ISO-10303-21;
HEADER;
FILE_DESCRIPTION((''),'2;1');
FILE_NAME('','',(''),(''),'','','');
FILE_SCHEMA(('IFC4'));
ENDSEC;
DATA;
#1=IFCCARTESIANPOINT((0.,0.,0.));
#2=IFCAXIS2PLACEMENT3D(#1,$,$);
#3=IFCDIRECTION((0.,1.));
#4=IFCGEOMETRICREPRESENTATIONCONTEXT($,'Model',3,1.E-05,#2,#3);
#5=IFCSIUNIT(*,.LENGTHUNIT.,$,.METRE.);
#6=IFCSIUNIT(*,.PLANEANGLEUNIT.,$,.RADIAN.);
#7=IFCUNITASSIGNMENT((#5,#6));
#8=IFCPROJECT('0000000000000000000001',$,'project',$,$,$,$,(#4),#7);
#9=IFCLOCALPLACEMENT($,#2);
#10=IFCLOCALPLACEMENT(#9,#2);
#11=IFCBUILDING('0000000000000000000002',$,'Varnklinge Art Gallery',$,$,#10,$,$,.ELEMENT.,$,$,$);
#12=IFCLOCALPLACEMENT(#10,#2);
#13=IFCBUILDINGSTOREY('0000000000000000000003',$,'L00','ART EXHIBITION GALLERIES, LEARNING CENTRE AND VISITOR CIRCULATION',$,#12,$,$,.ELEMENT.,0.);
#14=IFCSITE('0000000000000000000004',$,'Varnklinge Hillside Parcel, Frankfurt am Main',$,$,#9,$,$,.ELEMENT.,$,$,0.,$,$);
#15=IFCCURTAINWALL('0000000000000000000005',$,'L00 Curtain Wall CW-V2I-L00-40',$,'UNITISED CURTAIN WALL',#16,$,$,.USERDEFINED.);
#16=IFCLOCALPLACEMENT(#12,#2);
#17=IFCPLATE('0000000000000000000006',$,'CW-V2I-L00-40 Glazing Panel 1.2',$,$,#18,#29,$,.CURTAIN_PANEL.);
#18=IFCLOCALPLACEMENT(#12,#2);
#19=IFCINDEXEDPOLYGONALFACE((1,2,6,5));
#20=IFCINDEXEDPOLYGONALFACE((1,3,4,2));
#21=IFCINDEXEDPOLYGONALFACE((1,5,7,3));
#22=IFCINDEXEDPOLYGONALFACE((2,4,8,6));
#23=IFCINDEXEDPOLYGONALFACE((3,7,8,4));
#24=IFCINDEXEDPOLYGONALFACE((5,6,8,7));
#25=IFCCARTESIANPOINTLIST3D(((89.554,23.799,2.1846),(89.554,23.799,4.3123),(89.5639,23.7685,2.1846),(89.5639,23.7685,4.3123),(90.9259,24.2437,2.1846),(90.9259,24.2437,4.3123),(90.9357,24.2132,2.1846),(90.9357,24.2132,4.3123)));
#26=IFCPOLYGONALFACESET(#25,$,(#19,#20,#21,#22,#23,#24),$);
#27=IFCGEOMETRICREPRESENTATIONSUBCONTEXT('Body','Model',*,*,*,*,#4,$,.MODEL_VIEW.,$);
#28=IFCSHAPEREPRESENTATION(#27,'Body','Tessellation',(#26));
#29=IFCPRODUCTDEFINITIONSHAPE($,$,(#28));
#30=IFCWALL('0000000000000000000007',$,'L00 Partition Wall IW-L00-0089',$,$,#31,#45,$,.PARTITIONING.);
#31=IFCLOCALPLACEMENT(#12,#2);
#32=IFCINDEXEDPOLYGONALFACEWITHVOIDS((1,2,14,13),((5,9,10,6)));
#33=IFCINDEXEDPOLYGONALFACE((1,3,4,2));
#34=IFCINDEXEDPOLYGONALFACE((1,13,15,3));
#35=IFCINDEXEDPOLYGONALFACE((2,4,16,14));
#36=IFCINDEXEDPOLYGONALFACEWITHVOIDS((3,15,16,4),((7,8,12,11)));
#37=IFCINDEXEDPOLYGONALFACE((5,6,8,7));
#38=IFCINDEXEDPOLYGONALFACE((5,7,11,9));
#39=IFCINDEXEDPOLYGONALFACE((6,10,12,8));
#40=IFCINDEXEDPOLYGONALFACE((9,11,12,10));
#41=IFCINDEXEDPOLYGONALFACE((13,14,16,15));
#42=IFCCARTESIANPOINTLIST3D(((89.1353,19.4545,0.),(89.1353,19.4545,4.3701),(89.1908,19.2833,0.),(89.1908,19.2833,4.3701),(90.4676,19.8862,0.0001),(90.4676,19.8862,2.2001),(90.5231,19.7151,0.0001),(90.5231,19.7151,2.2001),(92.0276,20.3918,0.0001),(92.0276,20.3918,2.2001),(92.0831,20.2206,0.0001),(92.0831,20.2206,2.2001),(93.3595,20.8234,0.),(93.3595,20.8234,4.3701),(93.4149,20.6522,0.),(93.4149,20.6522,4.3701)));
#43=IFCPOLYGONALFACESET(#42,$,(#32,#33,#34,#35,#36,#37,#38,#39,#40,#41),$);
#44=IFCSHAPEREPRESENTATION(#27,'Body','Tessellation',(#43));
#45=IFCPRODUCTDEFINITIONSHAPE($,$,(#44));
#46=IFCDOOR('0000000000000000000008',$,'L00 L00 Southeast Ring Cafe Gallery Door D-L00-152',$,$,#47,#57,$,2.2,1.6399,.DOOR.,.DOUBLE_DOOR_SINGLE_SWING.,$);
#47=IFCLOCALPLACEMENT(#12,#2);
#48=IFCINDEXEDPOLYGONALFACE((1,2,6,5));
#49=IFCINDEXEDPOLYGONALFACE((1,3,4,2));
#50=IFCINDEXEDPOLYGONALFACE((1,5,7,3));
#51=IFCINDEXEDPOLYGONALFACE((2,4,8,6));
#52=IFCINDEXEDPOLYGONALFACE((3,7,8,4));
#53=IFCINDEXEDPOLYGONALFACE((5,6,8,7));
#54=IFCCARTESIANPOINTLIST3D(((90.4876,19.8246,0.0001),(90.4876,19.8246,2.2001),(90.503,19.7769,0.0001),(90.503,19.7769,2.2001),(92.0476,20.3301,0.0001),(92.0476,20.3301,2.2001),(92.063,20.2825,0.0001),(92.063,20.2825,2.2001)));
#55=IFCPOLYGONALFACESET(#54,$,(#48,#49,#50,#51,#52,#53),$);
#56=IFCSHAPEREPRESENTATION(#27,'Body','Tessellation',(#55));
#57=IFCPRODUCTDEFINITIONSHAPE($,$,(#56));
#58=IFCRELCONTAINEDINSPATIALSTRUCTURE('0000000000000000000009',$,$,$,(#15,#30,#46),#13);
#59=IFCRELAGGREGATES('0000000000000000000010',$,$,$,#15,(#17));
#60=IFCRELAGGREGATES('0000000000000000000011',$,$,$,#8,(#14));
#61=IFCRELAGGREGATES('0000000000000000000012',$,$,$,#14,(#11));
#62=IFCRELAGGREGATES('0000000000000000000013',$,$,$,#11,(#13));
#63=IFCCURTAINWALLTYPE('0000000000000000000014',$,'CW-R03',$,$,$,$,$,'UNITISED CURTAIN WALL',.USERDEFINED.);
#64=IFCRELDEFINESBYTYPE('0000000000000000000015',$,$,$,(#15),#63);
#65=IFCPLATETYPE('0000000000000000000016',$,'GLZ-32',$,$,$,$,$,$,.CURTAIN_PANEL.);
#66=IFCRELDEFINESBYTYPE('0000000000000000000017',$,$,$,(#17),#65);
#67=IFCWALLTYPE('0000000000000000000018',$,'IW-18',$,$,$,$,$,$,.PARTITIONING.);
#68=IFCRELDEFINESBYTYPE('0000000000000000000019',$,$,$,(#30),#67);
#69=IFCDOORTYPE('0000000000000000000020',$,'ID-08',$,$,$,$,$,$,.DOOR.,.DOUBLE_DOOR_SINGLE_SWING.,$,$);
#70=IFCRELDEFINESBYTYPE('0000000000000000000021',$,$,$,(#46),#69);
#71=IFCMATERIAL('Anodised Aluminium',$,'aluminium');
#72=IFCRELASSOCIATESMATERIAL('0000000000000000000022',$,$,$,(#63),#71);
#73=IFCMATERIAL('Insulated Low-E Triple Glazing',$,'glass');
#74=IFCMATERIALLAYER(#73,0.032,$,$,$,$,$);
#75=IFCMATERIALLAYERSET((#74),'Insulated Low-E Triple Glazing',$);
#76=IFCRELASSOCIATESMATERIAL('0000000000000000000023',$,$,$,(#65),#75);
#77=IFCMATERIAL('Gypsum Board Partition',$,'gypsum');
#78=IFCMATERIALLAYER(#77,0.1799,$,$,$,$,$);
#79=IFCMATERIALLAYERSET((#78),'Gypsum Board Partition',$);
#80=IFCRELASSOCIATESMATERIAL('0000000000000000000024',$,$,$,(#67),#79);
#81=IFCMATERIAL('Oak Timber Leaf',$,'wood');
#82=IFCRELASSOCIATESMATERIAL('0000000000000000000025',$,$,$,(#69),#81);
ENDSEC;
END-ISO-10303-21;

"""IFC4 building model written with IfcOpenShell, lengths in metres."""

from ifc_helpers import new_model, si_unit, direction, frame, frame_2d, origin, origin_2d, place, context, subcontext, project, spatial, rectangle, extrude, material, layer, layer_set, type_object, element, fill, aggregate, save


model = new_model("IFC4")

# Units and contexts
model_context = context("Model", 3, precision=1e-05, world=origin(), true_north=direction((0.0, 1.0)))
body_context = subcontext(model_context, "Body", "Model", "MODEL_VIEW")
ifc_project = project(units=[si_unit("LENGTHUNIT", "METRE"), si_unit("PLANEANGLEUNIT", "RADIAN")], contexts=[model_context])

# Site, building, storey
site_placement = place(None, origin())
site = spatial("IfcSite", under=ifc_project, at=site_placement, Name="Varnklinge Hillside Parcel, Frankfurt am Main", CompositionType="ELEMENT", RefElevation=0.0)
building_placement = place(site_placement, origin())
building = spatial("IfcBuilding", under=site, at=building_placement, Name="Varnklinge Art Gallery", CompositionType="ELEMENT")
storey_placement = place(building_placement, origin())
storey = spatial("IfcBuildingStorey", under=building, at=storey_placement, Name="L00", Description="ART EXHIBITION GALLERIES, LEARNING CENTRE AND VISITOR CIRCULATION", CompositionType="ELEMENT", Elevation=0.0)

# Curtain wall
ifc_material_1 = material(Name="Anodised Aluminium", Category="aluminium")
curtain_wall_type = type_object("IfcCurtainWallType", Name="CW-R03", ElementType="UNITISED CURTAIN WALL", PredefinedType="USERDEFINED", material=ifc_material_1)
curtain_wall_1_placement = place(storey_placement, origin())
curtain_wall_1 = element("IfcCurtainWall", 1, at=curtain_wall_1_placement, inside=storey, type_object=curtain_wall_type, Name="L00 Curtain Wall CW-V2I-L00-40", ObjectType="UNITISED CURTAIN WALL", PredefinedType="USERDEFINED")

# Plate
ifc_material_2 = material(Name="Insulated Low-E Triple Glazing", Category="glass")
ifc_layer_1 = layer(ifc_material_2, 0.032)
ifc_layer_set_1 = layer_set([ifc_layer_1], Name="Insulated Low-E Triple Glazing")
plate_type = type_object("IfcPlateType", Name="GLZ-32", PredefinedType="CURTAIN_PANEL", material=ifc_layer_set_1)
plate_1_placement = place(storey_placement, frame((90.2449, 24.0061, 2.1846), z_axis=(0.0, 0.0, 1.0), x_axis=(-0.951272, -0.308353, 0.0)))
plate_1 = element("IfcPlate", 2, at=plate_1_placement, type_object=plate_type, Name="CW-V2I-L00-40 Glazing Panel 1.2", PredefinedType="CURTAIN_PANEL", context=body_context, shape_type="SweptSolid", body=[
    extrude(rectangle(XDim=1.4421, YDim=0.032, at=origin_2d()), origin(), (0.0, 0.0, 1.0), 2.1277),
])
aggregate(curtain_wall_1, [plate_1])

# Wall, opening, door
ifc_material_3 = material(Name="Gypsum Board Partition", Category="gypsum")
ifc_layer_2 = layer(ifc_material_3, 0.1799)
ifc_layer_set_2 = layer_set([ifc_layer_2], Name="Gypsum Board Partition")
wall_type = type_object("IfcWallType", Name="IW-18", PredefinedType="PARTITIONING", material=ifc_layer_set_2)
wall_placement = place(storey_placement, frame((93.3872, 20.7378, 0.0), z_axis=(0.0, 0.0, 1.0), x_axis=(-0.951295, -0.308283, 0.0)))
wall = element("IfcWall", 3, at=wall_placement, inside=storey, type_object=wall_type, Name="L00 Partition Wall IW-L00-0089", PredefinedType="PARTITIONING", context=body_context, shape_type="SweptSolid", body=[
    extrude(rectangle(XDim=4.4404, YDim=0.1799, at=frame_2d((2.2202, 0.0))), origin(), (0.0, 0.0, 1.0), 4.3701),
])
opening_placement = place(wall_placement, frame((1.4001, 0.0, 0.0)))
opening = element("IfcOpeningElement", 4, at=opening_placement, cuts=wall, PredefinedType="OPENING", context=body_context, shape_type="SweptSolid", body=[
    extrude(rectangle(XDim=1.6399, YDim=2.2, at=frame_2d((0.8198, 1.1001))), frame((0.0, 0.0999, 0.0), z_axis=(0.0, -1.0, 0.0), x_axis=(1.0, 0.0, 0.0)), (0.0, 0.0, 1.0), 0.2),
])
ifc_material_4 = material(Name="Oak Timber Leaf", Category="wood")
door_type = type_object("IfcDoorType", Name="ID-08", OperationType="DOUBLE_DOOR_SINGLE_SWING", PredefinedType="DOOR", material=ifc_material_4)
door_placement = place(opening_placement, origin())
door = element("IfcDoor", 5, at=door_placement, inside=storey, type_object=door_type, Name="L00 L00 Southeast Ring Cafe Gallery Door D-L00-152", OperationType="DOUBLE_DOOR_SINGLE_SWING", OverallHeight=2.2, OverallWidth=1.6399, PredefinedType="DOOR", context=body_context, shape_type="SweptSolid", body=[
    extrude(rectangle(XDim=1.6399, YDim=2.2, at=frame_2d((0.8198, 1.1001))), frame((0.0, 0.0249, 0.0), z_axis=(0.0, -1.0, 0.0), x_axis=(1.0, 0.0, 0.0)), (0.0, 0.0, 1.0), 0.05),
])
fill(opening, door)

save(model, "model.ifc")
